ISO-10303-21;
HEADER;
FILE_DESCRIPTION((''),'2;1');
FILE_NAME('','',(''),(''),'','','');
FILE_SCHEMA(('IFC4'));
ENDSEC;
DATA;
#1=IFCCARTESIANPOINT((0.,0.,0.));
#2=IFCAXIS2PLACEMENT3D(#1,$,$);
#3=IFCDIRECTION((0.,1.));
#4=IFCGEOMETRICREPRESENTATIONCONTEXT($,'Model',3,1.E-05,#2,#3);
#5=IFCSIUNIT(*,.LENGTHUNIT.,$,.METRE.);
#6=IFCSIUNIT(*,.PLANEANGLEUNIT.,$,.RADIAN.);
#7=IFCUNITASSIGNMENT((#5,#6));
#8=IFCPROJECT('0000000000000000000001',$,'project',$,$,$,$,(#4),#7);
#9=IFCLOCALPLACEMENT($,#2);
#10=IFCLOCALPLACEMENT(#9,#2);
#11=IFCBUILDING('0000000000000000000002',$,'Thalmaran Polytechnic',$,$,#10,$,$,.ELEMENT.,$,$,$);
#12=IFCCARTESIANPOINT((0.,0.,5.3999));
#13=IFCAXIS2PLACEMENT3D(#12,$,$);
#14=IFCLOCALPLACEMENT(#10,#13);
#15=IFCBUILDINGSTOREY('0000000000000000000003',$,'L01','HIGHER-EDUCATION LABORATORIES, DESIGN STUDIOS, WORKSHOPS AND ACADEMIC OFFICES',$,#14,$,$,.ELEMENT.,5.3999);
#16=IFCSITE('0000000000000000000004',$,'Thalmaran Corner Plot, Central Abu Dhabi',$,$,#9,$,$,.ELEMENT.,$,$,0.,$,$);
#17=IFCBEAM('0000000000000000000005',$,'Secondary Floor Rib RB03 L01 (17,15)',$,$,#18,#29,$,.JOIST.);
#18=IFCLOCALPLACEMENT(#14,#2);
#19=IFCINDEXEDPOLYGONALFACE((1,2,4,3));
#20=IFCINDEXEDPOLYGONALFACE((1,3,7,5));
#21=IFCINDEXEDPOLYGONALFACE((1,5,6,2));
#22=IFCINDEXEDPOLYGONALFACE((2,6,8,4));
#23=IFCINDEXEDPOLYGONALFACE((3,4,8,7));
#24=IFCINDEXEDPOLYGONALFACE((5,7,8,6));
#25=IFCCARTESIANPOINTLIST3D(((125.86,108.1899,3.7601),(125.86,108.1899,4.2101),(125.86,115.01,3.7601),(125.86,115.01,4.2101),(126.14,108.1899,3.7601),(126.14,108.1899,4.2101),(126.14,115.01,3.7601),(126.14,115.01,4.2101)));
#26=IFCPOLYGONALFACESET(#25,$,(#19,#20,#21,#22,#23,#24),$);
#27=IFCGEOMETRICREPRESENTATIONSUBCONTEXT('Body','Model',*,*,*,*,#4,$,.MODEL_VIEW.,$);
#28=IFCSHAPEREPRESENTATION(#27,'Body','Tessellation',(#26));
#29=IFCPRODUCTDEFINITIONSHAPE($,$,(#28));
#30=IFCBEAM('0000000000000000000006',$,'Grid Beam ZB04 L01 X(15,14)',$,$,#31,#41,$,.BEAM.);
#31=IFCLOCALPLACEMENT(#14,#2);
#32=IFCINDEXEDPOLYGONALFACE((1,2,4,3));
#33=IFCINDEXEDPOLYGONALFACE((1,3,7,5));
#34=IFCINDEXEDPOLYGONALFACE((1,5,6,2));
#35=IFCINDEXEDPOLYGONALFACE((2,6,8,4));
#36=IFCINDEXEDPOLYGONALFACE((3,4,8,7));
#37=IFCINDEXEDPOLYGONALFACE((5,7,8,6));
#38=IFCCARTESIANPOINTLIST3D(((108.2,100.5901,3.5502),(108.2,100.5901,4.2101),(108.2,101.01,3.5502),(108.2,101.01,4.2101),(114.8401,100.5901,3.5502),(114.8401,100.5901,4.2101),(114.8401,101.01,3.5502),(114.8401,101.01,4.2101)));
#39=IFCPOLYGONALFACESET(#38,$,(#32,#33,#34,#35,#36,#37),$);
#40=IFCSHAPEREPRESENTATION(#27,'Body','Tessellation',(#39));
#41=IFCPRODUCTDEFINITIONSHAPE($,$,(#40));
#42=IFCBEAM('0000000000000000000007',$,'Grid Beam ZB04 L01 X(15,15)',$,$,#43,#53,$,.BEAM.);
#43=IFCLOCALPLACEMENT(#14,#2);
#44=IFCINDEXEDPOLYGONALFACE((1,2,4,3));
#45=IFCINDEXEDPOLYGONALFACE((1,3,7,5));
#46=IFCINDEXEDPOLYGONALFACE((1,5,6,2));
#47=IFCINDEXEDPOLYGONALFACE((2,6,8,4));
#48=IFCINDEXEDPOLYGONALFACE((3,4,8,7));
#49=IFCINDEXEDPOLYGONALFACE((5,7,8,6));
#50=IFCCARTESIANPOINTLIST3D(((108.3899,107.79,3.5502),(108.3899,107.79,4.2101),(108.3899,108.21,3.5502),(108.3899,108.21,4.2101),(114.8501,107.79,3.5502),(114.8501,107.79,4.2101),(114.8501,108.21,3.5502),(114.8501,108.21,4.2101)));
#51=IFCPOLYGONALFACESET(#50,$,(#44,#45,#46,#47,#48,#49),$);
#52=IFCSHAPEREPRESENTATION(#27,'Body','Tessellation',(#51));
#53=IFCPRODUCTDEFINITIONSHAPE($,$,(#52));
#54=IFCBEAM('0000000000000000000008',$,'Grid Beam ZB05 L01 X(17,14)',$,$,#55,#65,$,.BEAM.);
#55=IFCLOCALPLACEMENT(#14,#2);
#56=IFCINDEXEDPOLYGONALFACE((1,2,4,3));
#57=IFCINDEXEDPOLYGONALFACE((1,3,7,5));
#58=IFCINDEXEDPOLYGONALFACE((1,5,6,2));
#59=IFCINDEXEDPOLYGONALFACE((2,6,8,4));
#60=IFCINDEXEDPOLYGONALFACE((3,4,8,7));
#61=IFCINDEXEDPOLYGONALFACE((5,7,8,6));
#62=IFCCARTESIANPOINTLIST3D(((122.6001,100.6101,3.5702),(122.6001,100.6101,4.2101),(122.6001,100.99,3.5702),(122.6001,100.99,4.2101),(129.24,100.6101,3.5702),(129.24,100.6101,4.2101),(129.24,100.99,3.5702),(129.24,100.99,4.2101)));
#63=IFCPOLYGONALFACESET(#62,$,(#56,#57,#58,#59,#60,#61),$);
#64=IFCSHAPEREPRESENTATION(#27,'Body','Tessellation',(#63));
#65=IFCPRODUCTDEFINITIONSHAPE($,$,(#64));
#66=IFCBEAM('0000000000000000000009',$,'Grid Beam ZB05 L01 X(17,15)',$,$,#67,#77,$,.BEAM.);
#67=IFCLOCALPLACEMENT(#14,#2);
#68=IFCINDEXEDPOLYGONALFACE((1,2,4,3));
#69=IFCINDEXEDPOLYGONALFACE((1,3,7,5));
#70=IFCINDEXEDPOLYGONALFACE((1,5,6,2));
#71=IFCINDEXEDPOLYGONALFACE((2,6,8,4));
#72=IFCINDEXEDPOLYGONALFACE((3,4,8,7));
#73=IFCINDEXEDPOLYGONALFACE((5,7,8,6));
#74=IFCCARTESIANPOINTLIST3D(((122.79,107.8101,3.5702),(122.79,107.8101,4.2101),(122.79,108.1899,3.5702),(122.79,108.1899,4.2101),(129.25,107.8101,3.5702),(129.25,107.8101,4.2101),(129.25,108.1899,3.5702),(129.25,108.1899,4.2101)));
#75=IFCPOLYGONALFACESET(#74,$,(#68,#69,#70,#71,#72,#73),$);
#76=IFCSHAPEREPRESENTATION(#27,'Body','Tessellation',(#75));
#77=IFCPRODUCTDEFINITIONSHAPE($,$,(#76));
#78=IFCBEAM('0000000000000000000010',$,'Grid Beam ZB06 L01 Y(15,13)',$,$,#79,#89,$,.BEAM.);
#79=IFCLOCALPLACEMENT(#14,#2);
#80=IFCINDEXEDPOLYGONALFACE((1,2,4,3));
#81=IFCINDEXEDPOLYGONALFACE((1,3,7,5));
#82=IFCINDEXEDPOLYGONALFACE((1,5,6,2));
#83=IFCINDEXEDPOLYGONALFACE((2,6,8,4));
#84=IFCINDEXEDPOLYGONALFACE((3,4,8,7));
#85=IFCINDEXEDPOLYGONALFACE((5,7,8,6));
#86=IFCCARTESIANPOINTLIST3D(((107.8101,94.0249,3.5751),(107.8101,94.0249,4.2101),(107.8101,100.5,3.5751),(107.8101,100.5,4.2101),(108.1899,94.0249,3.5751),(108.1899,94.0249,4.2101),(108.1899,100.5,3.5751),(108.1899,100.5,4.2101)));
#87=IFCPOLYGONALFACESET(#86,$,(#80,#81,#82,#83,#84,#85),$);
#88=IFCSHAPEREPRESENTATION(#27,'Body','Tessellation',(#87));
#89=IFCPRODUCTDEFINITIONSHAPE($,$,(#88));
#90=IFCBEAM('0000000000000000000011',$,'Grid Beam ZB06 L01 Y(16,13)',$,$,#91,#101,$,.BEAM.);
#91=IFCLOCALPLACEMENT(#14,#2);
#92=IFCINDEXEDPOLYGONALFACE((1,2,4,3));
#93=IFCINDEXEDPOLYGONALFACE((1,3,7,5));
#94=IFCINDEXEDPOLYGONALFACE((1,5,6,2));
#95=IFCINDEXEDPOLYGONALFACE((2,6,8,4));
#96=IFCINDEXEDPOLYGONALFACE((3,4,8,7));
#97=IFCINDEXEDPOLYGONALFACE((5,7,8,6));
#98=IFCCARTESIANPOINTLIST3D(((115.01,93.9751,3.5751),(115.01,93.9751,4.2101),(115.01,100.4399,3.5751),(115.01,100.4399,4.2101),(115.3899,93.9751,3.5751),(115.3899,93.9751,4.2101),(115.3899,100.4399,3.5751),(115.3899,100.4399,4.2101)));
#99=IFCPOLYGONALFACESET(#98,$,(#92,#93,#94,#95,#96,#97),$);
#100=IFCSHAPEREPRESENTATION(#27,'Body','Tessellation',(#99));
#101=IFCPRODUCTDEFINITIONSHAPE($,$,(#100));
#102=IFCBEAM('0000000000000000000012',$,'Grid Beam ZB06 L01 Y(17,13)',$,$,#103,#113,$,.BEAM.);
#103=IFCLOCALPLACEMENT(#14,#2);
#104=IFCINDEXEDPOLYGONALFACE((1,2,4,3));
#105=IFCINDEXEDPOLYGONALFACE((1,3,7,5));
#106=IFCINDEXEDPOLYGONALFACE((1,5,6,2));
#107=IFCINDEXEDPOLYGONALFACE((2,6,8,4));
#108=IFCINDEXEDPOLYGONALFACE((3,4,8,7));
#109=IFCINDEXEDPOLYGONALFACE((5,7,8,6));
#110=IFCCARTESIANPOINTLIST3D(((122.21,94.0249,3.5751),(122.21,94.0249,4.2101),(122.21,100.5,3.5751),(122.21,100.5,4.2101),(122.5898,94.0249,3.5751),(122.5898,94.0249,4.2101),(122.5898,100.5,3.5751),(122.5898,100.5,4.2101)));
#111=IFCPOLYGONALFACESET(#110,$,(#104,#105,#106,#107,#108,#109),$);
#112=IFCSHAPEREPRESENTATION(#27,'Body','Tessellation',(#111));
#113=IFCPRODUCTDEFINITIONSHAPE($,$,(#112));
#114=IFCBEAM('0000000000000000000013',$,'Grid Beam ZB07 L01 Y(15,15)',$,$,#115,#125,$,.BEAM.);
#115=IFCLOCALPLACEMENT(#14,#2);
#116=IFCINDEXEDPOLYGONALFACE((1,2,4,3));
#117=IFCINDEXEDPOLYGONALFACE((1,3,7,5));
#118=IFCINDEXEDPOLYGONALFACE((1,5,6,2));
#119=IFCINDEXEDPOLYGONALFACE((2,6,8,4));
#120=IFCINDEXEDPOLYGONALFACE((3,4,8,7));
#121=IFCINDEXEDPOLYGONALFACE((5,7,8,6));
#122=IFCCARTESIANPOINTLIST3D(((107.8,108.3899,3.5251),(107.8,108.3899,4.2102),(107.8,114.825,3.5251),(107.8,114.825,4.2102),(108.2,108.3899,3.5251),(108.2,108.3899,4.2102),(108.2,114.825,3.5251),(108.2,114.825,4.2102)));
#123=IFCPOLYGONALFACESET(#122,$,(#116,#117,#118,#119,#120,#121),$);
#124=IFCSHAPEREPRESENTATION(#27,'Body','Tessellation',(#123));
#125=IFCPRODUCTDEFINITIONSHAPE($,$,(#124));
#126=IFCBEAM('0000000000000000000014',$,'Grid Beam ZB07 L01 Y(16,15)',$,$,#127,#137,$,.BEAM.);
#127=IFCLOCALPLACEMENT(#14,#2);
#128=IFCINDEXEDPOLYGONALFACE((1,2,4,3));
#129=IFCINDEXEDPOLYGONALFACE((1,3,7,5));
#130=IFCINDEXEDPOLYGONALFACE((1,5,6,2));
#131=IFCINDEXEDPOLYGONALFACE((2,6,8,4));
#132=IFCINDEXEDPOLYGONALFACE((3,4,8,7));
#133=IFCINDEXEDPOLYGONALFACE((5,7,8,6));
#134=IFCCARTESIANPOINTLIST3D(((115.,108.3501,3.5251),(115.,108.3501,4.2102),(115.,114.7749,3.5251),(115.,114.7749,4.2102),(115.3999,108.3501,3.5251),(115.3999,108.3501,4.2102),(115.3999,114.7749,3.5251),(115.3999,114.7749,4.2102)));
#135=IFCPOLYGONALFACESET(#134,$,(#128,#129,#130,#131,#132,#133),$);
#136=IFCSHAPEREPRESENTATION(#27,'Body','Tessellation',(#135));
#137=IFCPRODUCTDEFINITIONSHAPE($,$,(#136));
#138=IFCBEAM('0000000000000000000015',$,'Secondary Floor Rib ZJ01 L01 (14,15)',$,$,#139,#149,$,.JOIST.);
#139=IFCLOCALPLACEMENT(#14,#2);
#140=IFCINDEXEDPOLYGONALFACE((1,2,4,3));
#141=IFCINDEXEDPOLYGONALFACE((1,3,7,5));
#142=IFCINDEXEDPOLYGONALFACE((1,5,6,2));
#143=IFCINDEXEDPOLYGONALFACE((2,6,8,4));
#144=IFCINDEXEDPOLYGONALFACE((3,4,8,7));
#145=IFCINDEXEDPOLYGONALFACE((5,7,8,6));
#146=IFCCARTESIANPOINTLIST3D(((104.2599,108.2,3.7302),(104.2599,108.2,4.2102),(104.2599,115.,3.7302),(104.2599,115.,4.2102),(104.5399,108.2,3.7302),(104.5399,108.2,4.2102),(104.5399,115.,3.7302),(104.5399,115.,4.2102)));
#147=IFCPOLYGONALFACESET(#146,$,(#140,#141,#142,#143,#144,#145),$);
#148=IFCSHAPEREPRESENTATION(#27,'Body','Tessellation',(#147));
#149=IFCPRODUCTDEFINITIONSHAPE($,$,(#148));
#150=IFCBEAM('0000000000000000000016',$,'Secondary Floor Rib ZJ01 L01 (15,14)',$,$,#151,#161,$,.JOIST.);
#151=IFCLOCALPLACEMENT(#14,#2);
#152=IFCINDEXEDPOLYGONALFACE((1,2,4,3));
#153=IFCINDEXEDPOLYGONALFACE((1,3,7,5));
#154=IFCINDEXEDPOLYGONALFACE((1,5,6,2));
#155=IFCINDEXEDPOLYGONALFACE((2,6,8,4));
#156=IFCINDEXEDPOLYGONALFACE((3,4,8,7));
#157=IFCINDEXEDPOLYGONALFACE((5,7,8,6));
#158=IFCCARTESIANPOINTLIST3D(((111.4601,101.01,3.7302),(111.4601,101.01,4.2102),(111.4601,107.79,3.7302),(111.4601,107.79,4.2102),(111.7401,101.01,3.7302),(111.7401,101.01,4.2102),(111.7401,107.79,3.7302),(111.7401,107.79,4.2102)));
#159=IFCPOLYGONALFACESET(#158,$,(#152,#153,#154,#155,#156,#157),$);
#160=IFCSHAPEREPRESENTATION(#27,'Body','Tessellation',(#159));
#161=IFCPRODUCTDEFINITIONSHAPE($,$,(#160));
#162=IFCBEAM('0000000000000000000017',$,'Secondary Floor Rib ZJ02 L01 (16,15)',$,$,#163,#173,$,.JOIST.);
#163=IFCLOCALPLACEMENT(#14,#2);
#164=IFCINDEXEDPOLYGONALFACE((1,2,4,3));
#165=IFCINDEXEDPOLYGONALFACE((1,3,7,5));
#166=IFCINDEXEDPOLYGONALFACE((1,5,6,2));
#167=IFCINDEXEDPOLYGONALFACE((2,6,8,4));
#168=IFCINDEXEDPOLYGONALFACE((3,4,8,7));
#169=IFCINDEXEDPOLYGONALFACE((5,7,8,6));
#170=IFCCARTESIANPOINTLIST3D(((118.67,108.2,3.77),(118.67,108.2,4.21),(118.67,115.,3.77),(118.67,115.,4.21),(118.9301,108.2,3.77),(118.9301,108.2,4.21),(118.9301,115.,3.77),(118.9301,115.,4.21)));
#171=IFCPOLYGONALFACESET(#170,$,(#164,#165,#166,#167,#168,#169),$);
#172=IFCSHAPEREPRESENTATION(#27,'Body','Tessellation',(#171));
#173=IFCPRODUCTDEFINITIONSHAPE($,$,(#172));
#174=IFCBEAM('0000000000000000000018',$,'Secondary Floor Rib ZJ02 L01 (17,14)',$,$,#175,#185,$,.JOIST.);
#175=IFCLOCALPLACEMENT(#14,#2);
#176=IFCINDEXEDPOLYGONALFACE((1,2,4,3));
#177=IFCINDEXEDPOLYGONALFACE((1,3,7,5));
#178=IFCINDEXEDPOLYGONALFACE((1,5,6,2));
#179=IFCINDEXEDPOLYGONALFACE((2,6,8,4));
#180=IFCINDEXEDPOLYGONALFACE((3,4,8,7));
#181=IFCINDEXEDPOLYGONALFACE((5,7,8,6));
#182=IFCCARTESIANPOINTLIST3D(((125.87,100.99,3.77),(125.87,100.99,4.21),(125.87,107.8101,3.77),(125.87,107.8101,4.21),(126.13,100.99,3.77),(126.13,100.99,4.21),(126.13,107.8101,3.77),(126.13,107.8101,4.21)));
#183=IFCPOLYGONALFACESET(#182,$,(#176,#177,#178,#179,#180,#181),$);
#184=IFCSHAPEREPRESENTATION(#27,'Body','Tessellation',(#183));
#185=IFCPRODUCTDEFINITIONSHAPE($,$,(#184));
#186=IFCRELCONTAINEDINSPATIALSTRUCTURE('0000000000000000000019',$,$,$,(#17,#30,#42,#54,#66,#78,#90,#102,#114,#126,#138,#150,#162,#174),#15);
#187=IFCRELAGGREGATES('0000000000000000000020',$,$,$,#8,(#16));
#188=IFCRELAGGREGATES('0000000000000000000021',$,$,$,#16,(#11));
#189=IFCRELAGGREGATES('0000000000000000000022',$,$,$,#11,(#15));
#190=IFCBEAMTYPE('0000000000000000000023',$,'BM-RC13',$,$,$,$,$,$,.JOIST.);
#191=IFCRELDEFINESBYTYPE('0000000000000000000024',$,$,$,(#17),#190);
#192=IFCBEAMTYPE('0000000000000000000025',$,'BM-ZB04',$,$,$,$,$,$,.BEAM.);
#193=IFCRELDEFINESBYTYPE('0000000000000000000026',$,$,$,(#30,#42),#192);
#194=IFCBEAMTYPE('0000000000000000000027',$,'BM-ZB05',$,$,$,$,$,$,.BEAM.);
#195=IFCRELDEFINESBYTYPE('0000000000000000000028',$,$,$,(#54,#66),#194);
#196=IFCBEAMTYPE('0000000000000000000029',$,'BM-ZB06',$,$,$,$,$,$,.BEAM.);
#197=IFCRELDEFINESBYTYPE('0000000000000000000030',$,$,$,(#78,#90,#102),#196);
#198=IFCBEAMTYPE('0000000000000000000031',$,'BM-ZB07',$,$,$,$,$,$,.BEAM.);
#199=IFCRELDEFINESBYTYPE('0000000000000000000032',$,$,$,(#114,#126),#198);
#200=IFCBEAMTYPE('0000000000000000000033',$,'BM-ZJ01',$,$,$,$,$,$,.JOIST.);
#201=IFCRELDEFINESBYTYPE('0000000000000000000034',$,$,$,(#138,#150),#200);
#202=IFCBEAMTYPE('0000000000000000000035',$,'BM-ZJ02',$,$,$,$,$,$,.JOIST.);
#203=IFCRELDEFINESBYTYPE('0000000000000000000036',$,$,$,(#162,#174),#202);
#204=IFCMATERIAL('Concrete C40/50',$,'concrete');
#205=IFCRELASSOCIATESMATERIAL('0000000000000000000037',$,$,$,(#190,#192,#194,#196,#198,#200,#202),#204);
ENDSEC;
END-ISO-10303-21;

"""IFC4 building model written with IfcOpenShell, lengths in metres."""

from ifc_helpers import new_model, si_unit, direction, frame, origin, origin_2d, place, context, subcontext, project, spatial, rectangle, extrude, material, material_profile, profile_set, type_object, element, save


model = new_model("IFC4")

# Units and contexts
model_context = context("Model", 3, precision=1e-05, world=origin(), true_north=direction((0.0, 1.0)))
body_context = subcontext(model_context, "Body", "Model", "MODEL_VIEW")
ifc_project = project(units=[si_unit("LENGTHUNIT", "METRE"), si_unit("PLANEANGLEUNIT", "RADIAN")], contexts=[model_context])

# Site, building, storey
site_placement = place(None, origin())
site = spatial("IfcSite", under=ifc_project, at=site_placement, Name="Thalmaran Corner Plot, Central Abu Dhabi", CompositionType="ELEMENT", RefElevation=0.0)
building_placement = place(site_placement, origin())
building = spatial("IfcBuilding", under=site, at=building_placement, Name="Thalmaran Polytechnic", CompositionType="ELEMENT")
storey_placement = place(building_placement, frame((0.0, 0.0, 5.3999)))
storey = spatial("IfcBuildingStorey", under=building, at=storey_placement, Name="L01", Description="HIGHER-EDUCATION LABORATORIES, DESIGN STUDIOS, WORKSHOPS AND ACADEMIC OFFICES", CompositionType="ELEMENT", Elevation=5.3999)

# Shared definitions
ifc_material_1 = material(Name="Concrete C40/50", Category="concrete")

# Beams
ifc_material_profile_1 = material_profile(ifc_material_1, rectangle(XDim=0.28, YDim=0.45, at=origin_2d()), Name="RC 280x450")
ifc_profile_set_1 = profile_set([ifc_material_profile_1], Name="Concrete C40/50")
beam_type_1 = type_object("IfcBeamType", Name="BM-RC13", PredefinedType="JOIST", material=ifc_profile_set_1)
beam_1_placement = place(storey_placement, frame((126.0, 108.1899, 3.9851), z_axis=(0.0, 1.0, 0.0), x_axis=(-1.0, 0.0, 0.0)))
element("IfcBeam", 1, at=beam_1_placement, inside=storey, type_object=beam_type_1, Name="Secondary Floor Rib RB03 L01 (17,15)", PredefinedType="JOIST", context=body_context, shape_type="SweptSolid", body=[
    extrude(rectangle(XDim=0.28, YDim=0.45, at=origin_2d()), origin(), (0.0, 0.0, 1.0), 6.8201),
])
ifc_material_profile_2 = material_profile(ifc_material_1, rectangle(XDim=0.4199, YDim=0.6599, at=origin_2d()), Name="RC 420x660")
ifc_profile_set_2 = profile_set([ifc_material_profile_2], Name="Concrete C40/50")
beam_type_2 = type_object("IfcBeamType", Name="BM-ZB04", PredefinedType="BEAM", material=ifc_profile_set_2)
beam_2_placement = place(storey_placement, frame((108.2, 100.8, 3.8801), z_axis=(1.0, 0.0, 0.0), x_axis=(0.0, 1.0, 0.0)))
element("IfcBeam", 2, at=beam_2_placement, inside=storey, type_object=beam_type_2, Name="Grid Beam ZB04 L01 X(15,14)", PredefinedType="BEAM", context=body_context, shape_type="SweptSolid", body=[
    extrude(rectangle(XDim=0.4199, YDim=0.6599, at=origin_2d()), origin(), (0.0, 0.0, 1.0), 6.6401),
])
beam_3_placement = place(storey_placement, frame((108.3899, 108.0, 3.8801), z_axis=(1.0, 0.0, 0.0), x_axis=(0.0, 1.0, 0.0)))
element("IfcBeam", 3, at=beam_3_placement, inside=storey, type_object=beam_type_2, Name="Grid Beam ZB04 L01 X(15,15)", PredefinedType="BEAM", context=body_context, shape_type="SweptSolid", body=[
    extrude(rectangle(XDim=0.4199, YDim=0.6599, at=origin_2d()), origin(), (0.0, 0.0, 1.0), 6.4602),
])
ifc_material_profile_3 = material_profile(ifc_material_1, rectangle(XDim=0.3799, YDim=0.6399, at=origin_2d()), Name="RC 380x640")
ifc_profile_set_3 = profile_set([ifc_material_profile_3], Name="Concrete C40/50")
beam_type_3 = type_object("IfcBeamType", Name="BM-ZB05", PredefinedType="BEAM", material=ifc_profile_set_3)
beam_4_placement = place(storey_placement, frame((122.6001, 100.8, 3.8901), z_axis=(1.0, 0.0, 0.0), x_axis=(0.0, 1.0, 0.0)))
element("IfcBeam", 4, at=beam_4_placement, inside=storey, type_object=beam_type_3, Name="Grid Beam ZB05 L01 X(17,14)", PredefinedType="BEAM", context=body_context, shape_type="SweptSolid", body=[
    extrude(rectangle(XDim=0.3799, YDim=0.6399, at=origin_2d()), origin(), (0.0, 0.0, 1.0), 6.6399),
])
beam_5_placement = place(storey_placement, frame((122.79, 108.0, 3.8901), z_axis=(1.0, 0.0, 0.0), x_axis=(0.0, 1.0, 0.0)))
element("IfcBeam", 5, at=beam_5_placement, inside=storey, type_object=beam_type_3, Name="Grid Beam ZB05 L01 X(17,15)", PredefinedType="BEAM", context=body_context, shape_type="SweptSolid", body=[
    extrude(rectangle(XDim=0.3799, YDim=0.6399, at=origin_2d()), origin(), (0.0, 0.0, 1.0), 6.46),
])
ifc_material_profile_4 = material_profile(ifc_material_1, rectangle(XDim=0.3799, YDim=0.635, at=origin_2d()), Name="RC 380x635")
ifc_profile_set_4 = profile_set([ifc_material_profile_4], Name="Concrete C40/50")
beam_type_4 = type_object("IfcBeamType", Name="BM-ZB06", PredefinedType="BEAM", material=ifc_profile_set_4)
beam_6_placement = place(storey_placement, frame((108.0, 94.0249, 3.8926), z_axis=(0.0, 1.0, 0.0), x_axis=(-1.0, 0.0, 0.0)))
element("IfcBeam", 6, at=beam_6_placement, inside=storey, type_object=beam_type_4, Name="Grid Beam ZB06 L01 Y(15,13)", PredefinedType="BEAM", context=body_context, shape_type="SweptSolid", body=[
    extrude(rectangle(XDim=0.3799, YDim=0.635, at=origin_2d()), origin(), (0.0, 0.0, 1.0), 6.4751),
])
beam_7_placement = place(storey_placement, frame((115.2, 93.9751, 3.8926), z_axis=(0.0, 1.0, 0.0), x_axis=(-1.0, 0.0, 0.0)))
element("IfcBeam", 7, at=beam_7_placement, inside=storey, type_object=beam_type_4, Name="Grid Beam ZB06 L01 Y(16,13)", PredefinedType="BEAM", context=body_context, shape_type="SweptSolid", body=[
    extrude(rectangle(XDim=0.3799, YDim=0.635, at=origin_2d()), origin(), (0.0, 0.0, 1.0), 6.4648),
])
beam_8_placement = place(storey_placement, frame((122.3999, 94.0249, 3.8926), z_axis=(0.0, 1.0, 0.0), x_axis=(-1.0, 0.0, 0.0)))
element("IfcBeam", 8, at=beam_8_placement, inside=storey, type_object=beam_type_4, Name="Grid Beam ZB06 L01 Y(17,13)", PredefinedType="BEAM", context=body_context, shape_type="SweptSolid", body=[
    extrude(rectangle(XDim=0.3799, YDim=0.635, at=origin_2d()), origin(), (0.0, 0.0, 1.0), 6.4751),
])
ifc_material_profile_5 = material_profile(ifc_material_1, rectangle(XDim=0.3999, YDim=0.6851, at=origin_2d()), Name="RC 400x685")
ifc_profile_set_5 = profile_set([ifc_material_profile_5], Name="Concrete C40/50")
beam_type_5 = type_object("IfcBeamType", Name="BM-ZB07", PredefinedType="BEAM", material=ifc_profile_set_5)
beam_9_placement = place(storey_placement, frame((108.0, 108.3899, 3.8677), z_axis=(0.0, 1.0, 0.0), x_axis=(-1.0, 0.0, 0.0)))
element("IfcBeam", 9, at=beam_9_placement, inside=storey, type_object=beam_type_5, Name="Grid Beam ZB07 L01 Y(15,15)", PredefinedType="BEAM", context=body_context, shape_type="SweptSolid", body=[
    extrude(rectangle(XDim=0.3999, YDim=0.6851, at=origin_2d()), origin(), (0.0, 0.0, 1.0), 6.4351),
])
beam_10_placement = place(storey_placement, frame((115.2, 108.3501, 3.8677), z_axis=(0.0, 1.0, 0.0), x_axis=(-1.0, 0.0, 0.0)))
element("IfcBeam", 10, at=beam_10_placement, inside=storey, type_object=beam_type_5, Name="Grid Beam ZB07 L01 Y(16,15)", PredefinedType="BEAM", context=body_context, shape_type="SweptSolid", body=[
    extrude(rectangle(XDim=0.3999, YDim=0.6851, at=origin_2d()), origin(), (0.0, 0.0, 1.0), 6.4248),
])
ifc_material_profile_6 = material_profile(ifc_material_1, rectangle(XDim=0.28, YDim=0.48, at=origin_2d()), Name="RC 280x480")
ifc_profile_set_6 = profile_set([ifc_material_profile_6], Name="Concrete C40/50")
beam_type_6 = type_object("IfcBeamType", Name="BM-ZJ01", PredefinedType="JOIST", material=ifc_profile_set_6)
beam_11_placement = place(storey_placement, frame((104.3999, 108.2, 3.9702), z_axis=(0.0, 1.0, 0.0), x_axis=(-1.0, 0.0, 0.0)))
element("IfcBeam", 11, at=beam_11_placement, inside=storey, type_object=beam_type_6, Name="Secondary Floor Rib ZJ01 L01 (14,15)", PredefinedType="JOIST", context=body_context, shape_type="SweptSolid", body=[
    extrude(rectangle(XDim=0.28, YDim=0.48, at=origin_2d()), origin(), (0.0, 0.0, 1.0), 6.8),
])
beam_12_placement = place(storey_placement, frame((111.6001, 101.01, 3.9702), z_axis=(0.0, 1.0, 0.0), x_axis=(-1.0, 0.0, 0.0)))
element("IfcBeam", 12, at=beam_12_placement, inside=storey, type_object=beam_type_6, Name="Secondary Floor Rib ZJ01 L01 (15,14)", PredefinedType="JOIST", context=body_context, shape_type="SweptSolid", body=[
    extrude(rectangle(XDim=0.28, YDim=0.48, at=origin_2d()), origin(), (0.0, 0.0, 1.0), 6.78),
])
ifc_material_profile_7 = material_profile(ifc_material_1, rectangle(XDim=0.26, YDim=0.4399, at=origin_2d()), Name="RC 260x440")
ifc_profile_set_7 = profile_set([ifc_material_profile_7], Name="Concrete C40/50")
beam_type_7 = type_object("IfcBeamType", Name="BM-ZJ02", PredefinedType="JOIST", material=ifc_profile_set_7)
beam_13_placement = place(storey_placement, frame((118.8, 108.2, 3.99), z_axis=(0.0, 1.0, 0.0), x_axis=(-1.0, 0.0, 0.0)))
element("IfcBeam", 13, at=beam_13_placement, inside=storey, type_object=beam_type_7, Name="Secondary Floor Rib ZJ02 L01 (16,15)", PredefinedType="JOIST", context=body_context, shape_type="SweptSolid", body=[
    extrude(rectangle(XDim=0.26, YDim=0.4399, at=origin_2d()), origin(), (0.0, 0.0, 1.0), 6.8),
])
beam_14_placement = place(storey_placement, frame((126.0, 100.99, 3.99), z_axis=(0.0, 1.0, 0.0), x_axis=(-1.0, 0.0, 0.0)))
element("IfcBeam", 14, at=beam_14_placement, inside=storey, type_object=beam_type_7, Name="Secondary Floor Rib ZJ02 L01 (17,14)", PredefinedType="JOIST", context=body_context, shape_type="SweptSolid", body=[
    extrude(rectangle(XDim=0.26, YDim=0.4399, at=origin_2d()), origin(), (0.0, 0.0, 1.0), 6.8201),
])

save(model, "model.ifc")
